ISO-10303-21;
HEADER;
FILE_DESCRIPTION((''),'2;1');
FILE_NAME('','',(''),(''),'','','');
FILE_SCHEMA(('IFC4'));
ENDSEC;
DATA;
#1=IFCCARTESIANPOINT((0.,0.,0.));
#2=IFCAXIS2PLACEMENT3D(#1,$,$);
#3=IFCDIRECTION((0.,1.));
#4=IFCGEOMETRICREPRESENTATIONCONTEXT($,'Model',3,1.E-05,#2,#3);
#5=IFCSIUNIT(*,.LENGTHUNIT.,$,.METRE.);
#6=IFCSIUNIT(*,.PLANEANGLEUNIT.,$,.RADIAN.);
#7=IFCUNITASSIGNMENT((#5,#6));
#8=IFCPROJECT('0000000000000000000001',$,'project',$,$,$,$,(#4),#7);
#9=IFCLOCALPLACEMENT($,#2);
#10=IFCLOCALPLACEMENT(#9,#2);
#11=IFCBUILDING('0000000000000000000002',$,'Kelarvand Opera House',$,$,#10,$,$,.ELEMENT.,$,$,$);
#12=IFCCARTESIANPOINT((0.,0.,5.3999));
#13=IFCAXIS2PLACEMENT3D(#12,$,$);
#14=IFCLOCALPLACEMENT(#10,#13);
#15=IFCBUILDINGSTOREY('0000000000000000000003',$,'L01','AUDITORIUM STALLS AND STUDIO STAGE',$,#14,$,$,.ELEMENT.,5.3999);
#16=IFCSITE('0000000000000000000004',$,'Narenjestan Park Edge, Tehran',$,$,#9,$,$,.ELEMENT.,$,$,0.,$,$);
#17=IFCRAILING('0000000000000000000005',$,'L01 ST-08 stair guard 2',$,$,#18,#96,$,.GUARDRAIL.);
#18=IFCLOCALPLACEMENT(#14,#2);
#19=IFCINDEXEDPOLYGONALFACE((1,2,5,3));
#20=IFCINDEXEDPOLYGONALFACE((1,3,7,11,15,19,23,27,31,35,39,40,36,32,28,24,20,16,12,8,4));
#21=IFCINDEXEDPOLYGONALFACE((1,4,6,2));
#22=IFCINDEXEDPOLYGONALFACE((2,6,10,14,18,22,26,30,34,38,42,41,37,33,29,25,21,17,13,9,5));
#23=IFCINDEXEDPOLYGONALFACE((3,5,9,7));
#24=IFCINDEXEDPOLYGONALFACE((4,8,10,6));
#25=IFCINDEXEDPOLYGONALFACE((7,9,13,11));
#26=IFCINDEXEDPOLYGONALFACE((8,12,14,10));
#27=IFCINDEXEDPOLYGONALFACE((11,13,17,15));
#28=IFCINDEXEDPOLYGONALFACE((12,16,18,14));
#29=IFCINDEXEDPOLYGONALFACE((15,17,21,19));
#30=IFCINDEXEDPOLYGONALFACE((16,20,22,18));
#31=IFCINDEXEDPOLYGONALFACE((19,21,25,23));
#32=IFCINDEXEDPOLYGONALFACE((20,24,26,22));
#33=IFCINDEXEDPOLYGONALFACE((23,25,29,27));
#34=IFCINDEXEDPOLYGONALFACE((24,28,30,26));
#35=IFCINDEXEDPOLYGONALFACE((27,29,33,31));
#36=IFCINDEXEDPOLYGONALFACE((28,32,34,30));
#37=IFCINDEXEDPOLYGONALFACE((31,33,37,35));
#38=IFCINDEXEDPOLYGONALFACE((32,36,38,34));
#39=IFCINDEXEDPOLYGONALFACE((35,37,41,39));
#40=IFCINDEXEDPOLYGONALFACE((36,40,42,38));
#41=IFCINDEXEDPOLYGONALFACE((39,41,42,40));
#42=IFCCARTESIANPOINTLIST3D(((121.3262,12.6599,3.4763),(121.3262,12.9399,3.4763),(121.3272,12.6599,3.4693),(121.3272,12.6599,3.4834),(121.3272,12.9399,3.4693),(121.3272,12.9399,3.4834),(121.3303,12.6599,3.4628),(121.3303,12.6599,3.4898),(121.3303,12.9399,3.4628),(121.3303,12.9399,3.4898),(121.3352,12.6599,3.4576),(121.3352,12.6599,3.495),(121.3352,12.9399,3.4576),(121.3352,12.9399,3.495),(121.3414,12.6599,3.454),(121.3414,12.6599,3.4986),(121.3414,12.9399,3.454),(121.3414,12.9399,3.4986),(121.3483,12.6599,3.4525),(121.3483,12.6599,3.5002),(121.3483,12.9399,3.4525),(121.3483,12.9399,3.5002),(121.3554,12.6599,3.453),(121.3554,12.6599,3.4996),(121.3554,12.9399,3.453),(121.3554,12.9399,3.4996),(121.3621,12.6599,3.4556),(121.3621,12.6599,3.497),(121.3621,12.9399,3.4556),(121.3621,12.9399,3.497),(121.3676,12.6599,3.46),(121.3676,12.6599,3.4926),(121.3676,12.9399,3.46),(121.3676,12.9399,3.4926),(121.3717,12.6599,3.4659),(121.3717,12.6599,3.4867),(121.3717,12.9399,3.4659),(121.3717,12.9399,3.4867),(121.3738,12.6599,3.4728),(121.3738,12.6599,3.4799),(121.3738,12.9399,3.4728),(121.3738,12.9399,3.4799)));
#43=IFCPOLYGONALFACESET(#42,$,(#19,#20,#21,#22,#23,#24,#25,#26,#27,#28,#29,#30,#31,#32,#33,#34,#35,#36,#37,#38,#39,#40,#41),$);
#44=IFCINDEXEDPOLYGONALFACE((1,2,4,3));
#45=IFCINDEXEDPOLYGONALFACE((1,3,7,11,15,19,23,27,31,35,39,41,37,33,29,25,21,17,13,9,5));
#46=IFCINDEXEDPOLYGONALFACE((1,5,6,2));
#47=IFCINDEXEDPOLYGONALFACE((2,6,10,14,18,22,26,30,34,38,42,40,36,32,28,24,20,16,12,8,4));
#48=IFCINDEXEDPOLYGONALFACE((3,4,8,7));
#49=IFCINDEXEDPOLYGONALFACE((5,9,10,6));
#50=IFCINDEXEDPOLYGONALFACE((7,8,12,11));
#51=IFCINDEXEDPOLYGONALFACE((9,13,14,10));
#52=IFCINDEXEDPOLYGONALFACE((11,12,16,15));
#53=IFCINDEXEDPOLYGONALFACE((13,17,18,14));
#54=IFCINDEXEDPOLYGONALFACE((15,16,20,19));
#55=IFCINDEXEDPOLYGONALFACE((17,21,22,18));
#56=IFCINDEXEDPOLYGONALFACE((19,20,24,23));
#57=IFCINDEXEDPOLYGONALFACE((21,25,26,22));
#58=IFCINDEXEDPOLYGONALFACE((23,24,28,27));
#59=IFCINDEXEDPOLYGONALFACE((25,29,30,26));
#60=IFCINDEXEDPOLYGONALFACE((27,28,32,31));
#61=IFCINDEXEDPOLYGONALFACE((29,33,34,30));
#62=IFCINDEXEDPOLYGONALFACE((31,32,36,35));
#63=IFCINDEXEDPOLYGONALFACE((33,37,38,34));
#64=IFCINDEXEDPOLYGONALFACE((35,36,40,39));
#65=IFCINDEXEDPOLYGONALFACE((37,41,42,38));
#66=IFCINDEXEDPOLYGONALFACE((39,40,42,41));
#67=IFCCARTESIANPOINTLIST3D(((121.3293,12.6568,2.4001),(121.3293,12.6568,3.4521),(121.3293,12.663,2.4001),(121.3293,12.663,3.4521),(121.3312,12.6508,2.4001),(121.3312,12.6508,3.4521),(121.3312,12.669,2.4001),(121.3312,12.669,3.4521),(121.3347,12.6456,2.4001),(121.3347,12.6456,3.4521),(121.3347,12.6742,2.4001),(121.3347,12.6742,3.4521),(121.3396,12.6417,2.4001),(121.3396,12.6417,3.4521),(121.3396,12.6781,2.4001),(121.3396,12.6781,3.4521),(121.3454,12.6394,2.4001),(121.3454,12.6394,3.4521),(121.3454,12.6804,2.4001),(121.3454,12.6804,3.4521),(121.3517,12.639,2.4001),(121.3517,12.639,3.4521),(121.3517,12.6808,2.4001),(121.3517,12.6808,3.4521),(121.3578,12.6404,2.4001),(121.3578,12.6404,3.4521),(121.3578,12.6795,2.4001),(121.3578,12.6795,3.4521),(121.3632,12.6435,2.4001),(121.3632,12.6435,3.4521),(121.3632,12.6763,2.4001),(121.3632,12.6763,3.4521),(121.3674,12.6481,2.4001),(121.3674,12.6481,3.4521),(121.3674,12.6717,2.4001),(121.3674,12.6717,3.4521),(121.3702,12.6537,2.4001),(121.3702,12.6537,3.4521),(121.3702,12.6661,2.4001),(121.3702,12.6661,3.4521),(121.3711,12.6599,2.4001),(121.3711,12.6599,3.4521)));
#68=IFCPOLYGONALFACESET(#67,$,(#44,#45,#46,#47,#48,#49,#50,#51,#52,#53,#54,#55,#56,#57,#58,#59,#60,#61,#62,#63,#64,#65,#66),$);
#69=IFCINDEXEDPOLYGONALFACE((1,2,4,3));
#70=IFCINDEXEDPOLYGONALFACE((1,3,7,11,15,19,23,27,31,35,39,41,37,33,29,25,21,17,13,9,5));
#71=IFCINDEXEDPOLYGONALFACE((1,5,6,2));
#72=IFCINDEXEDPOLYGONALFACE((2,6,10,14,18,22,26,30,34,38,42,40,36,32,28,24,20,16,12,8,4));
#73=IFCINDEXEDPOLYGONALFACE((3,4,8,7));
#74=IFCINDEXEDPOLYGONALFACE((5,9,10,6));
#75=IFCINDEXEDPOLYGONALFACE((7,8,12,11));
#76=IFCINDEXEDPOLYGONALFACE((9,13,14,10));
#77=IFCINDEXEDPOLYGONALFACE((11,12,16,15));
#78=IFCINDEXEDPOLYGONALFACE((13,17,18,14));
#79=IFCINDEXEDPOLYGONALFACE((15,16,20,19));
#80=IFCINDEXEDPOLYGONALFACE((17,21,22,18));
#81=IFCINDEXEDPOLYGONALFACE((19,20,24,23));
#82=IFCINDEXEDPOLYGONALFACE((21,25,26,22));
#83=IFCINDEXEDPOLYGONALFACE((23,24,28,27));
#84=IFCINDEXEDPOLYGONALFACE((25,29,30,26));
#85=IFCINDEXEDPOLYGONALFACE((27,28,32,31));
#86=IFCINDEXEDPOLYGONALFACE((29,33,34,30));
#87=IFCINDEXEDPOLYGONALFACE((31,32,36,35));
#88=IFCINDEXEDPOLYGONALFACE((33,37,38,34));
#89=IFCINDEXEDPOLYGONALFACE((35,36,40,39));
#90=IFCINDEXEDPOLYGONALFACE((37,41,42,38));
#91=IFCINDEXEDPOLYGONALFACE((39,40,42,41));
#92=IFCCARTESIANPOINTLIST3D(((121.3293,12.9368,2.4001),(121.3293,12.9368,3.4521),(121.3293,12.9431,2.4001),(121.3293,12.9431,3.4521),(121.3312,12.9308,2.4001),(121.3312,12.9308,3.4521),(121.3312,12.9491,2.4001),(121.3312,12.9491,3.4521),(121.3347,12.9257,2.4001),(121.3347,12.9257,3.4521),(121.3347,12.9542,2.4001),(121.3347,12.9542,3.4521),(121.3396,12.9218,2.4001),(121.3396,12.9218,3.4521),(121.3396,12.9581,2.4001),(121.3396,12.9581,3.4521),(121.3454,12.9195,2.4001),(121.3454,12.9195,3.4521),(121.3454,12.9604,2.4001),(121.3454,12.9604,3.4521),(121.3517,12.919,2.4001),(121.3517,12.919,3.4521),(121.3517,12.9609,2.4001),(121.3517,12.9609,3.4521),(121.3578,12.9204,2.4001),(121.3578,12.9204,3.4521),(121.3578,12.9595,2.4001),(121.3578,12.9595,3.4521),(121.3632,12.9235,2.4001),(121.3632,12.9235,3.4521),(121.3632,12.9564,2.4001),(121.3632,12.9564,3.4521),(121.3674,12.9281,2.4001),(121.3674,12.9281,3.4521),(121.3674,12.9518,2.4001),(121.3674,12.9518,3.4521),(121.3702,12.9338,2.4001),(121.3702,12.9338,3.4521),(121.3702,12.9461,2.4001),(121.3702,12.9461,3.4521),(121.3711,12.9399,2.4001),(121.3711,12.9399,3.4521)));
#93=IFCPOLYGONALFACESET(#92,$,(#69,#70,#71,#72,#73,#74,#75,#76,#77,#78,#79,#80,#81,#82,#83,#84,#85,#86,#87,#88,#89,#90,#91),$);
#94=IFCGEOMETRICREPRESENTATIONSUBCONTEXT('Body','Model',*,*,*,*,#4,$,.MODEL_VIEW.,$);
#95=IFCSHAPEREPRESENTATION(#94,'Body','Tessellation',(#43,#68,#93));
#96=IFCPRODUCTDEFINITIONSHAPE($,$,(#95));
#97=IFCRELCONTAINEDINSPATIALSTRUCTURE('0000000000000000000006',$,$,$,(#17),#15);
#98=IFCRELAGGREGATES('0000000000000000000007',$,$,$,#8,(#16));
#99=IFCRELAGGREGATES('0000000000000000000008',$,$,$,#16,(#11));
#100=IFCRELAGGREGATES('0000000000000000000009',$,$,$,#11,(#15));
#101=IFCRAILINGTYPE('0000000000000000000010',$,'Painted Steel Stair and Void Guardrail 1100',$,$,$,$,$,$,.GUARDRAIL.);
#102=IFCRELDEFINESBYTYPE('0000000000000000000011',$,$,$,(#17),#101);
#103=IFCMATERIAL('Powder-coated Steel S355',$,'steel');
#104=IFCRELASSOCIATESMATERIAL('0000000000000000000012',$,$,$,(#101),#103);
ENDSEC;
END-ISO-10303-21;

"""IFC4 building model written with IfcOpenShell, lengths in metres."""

from ifc_helpers import new_model, si_unit, direction, frame, origin, origin_2d, place, context, subcontext, project, spatial, circle, extrude, material, type_object, element, save


model = new_model("IFC4")

# Units and contexts
model_context = context("Model", 3, precision=1e-05, world=origin(), true_north=direction((0.0, 1.0)))
body_context = subcontext(model_context, "Body", "Model", "MODEL_VIEW")
ifc_project = project(units=[si_unit("LENGTHUNIT", "METRE"), si_unit("PLANEANGLEUNIT", "RADIAN")], contexts=[model_context])

# Site, building, storey
site_placement = place(None, origin())
site = spatial("IfcSite", under=ifc_project, at=site_placement, Name="Narenjestan Park Edge, Tehran", CompositionType="ELEMENT", RefElevation=0.0)
building_placement = place(site_placement, origin())
building = spatial("IfcBuilding", under=site, at=building_placement, Name="Kelarvand Opera House", CompositionType="ELEMENT")
storey_placement = place(building_placement, frame((0.0, 0.0, 5.3999)))
storey = spatial("IfcBuildingStorey", under=building, at=storey_placement, Name="L01", Description="AUDITORIUM STALLS AND STUDIO STAGE", CompositionType="ELEMENT", Elevation=5.3999)

# Railing
ifc_material_1 = material(Name="Powder-coated Steel S355", Category="steel")
railing_type_1 = type_object("IfcRailingType", Name="Painted Steel Stair and Void Guardrail 1100", PredefinedType="GUARDRAIL", material=ifc_material_1)
railing_1_placement = place(storey_placement, frame((121.3501, 12.6599, 2.4001)))
element("IfcRailing", 1, at=railing_1_placement, inside=storey, type_object=railing_type_1, Name="L01 ST-08 stair guard 2", PredefinedType="GUARDRAIL", context=body_context, shape_type="SweptSolid", body=[
    extrude(circle(Radius=0.0239, at=origin_2d()), frame((0.0, 0.0, 1.0762), z_axis=(0.0, 1.0, 0.0), x_axis=(-1.0, 0.0, 0.0)), (0.0, 0.0, 1.0), 0.28),
    extrude(circle(Radius=0.021, at=origin_2d()), origin(), (0.0, 0.0, 1.0), 1.052),
    extrude(circle(Radius=0.021, at=origin_2d()), frame((0.0, 0.28, 0.0)), (0.0, 0.0, 1.0), 1.052),
])

save(model, "model.ifc")
